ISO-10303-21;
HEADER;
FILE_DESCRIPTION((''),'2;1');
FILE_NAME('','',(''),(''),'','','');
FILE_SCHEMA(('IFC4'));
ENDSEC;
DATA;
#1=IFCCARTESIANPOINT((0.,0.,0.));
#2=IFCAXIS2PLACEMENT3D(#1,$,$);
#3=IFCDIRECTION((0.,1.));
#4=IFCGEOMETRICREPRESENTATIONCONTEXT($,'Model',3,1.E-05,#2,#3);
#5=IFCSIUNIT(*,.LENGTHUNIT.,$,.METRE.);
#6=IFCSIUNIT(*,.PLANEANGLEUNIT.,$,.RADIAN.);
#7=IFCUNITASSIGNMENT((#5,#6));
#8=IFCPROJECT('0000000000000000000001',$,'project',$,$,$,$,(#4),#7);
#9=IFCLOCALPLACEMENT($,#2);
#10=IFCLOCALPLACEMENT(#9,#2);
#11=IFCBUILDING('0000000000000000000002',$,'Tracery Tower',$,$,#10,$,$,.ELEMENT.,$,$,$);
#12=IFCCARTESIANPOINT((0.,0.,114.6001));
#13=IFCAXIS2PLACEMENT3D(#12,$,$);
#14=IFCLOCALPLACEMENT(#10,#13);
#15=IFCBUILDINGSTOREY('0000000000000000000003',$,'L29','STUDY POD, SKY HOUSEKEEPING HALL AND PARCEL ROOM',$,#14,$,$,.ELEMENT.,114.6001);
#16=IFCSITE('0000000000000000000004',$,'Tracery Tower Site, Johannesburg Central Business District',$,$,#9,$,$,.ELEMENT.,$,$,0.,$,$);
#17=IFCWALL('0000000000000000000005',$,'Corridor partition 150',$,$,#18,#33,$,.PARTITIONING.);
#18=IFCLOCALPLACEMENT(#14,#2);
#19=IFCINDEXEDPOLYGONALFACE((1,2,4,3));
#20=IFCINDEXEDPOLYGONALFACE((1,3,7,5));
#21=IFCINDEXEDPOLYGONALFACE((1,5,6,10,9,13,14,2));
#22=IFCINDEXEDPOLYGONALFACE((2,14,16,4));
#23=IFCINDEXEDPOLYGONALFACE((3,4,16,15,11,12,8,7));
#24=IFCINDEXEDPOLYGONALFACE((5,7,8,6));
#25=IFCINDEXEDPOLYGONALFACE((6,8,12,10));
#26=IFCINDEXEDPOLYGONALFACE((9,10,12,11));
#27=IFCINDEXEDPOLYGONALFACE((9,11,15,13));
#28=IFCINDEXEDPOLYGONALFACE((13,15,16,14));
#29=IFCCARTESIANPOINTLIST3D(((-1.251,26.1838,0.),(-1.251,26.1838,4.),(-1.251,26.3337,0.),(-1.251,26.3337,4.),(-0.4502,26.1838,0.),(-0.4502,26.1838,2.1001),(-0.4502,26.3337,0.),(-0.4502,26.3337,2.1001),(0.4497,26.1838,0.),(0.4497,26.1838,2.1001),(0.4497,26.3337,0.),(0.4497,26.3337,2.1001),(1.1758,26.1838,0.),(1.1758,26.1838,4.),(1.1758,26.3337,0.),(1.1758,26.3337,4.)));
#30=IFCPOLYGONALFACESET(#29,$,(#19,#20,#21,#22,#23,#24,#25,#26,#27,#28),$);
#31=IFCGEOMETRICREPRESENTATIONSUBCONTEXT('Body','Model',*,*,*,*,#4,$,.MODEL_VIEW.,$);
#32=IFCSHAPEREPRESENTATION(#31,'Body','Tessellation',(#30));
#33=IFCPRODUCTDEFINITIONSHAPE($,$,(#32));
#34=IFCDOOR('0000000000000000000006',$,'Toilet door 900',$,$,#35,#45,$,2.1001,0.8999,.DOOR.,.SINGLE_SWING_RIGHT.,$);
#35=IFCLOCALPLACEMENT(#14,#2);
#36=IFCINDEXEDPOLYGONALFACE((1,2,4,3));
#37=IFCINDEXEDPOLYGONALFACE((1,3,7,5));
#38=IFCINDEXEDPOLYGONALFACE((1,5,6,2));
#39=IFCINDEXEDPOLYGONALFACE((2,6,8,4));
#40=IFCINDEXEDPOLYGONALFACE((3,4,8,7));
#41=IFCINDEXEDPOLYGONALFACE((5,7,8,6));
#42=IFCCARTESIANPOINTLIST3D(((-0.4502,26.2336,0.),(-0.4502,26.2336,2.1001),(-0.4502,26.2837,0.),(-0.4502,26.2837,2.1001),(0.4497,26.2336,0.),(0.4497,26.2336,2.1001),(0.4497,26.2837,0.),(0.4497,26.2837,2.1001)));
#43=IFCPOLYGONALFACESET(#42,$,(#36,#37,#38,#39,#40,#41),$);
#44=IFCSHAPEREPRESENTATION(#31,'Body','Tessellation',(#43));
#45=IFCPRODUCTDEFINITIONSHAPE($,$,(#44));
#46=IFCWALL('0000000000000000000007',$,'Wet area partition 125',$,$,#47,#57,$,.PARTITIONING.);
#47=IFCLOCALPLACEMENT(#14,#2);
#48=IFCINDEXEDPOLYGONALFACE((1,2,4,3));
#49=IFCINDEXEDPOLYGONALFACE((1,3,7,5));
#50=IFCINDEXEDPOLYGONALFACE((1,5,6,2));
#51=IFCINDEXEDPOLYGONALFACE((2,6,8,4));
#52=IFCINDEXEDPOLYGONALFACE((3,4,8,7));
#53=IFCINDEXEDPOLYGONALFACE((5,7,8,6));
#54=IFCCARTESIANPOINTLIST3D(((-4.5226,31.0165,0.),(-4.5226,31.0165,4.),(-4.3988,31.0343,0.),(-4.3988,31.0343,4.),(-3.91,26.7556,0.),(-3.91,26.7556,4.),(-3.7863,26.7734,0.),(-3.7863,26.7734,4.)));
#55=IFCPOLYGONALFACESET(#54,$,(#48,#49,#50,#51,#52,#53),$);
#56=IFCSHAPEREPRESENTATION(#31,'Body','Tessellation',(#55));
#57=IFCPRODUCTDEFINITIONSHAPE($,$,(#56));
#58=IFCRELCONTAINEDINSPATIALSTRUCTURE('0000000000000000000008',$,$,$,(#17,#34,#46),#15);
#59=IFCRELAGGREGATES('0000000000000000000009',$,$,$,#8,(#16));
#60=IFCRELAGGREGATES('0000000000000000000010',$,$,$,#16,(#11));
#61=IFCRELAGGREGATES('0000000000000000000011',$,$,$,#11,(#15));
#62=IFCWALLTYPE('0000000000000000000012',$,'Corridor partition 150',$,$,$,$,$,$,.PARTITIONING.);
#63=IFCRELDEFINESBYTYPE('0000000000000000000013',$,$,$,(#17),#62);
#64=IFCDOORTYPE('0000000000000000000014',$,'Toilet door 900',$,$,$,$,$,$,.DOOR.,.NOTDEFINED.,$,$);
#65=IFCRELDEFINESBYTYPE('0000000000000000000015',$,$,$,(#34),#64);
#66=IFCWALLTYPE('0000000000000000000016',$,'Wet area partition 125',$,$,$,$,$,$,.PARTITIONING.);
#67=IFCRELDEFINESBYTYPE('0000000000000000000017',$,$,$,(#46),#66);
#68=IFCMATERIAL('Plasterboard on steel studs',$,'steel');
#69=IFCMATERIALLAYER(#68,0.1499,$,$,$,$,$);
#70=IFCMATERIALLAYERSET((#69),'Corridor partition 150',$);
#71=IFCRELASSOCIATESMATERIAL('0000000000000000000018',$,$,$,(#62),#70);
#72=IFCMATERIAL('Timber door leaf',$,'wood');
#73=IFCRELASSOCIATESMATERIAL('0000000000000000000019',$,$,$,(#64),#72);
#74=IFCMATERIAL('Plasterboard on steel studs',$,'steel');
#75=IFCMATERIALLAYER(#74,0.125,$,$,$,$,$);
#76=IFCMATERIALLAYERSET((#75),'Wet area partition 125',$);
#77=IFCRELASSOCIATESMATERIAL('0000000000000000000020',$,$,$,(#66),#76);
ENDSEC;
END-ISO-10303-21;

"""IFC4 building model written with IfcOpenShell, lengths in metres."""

from ifc_helpers import new_model, si_unit, direction, frame, frame_2d, origin, place, context, subcontext, project, spatial, rectangle, extrude, material, layer, layer_set, type_object, element, fill, save


model = new_model("IFC4")

# Units and contexts
model_context = context("Model", 3, precision=1e-05, world=origin(), true_north=direction((0.0, 1.0)))
body_context = subcontext(model_context, "Body", "Model", "MODEL_VIEW")
ifc_project = project(units=[si_unit("LENGTHUNIT", "METRE"), si_unit("PLANEANGLEUNIT", "RADIAN")], contexts=[model_context])

# Site, building, storey
site_placement = place(None, origin())
site = spatial("IfcSite", under=ifc_project, at=site_placement, Name="Tracery Tower Site, Johannesburg Central Business District", CompositionType="ELEMENT", RefElevation=0.0)
building_placement = place(site_placement, origin())
building = spatial("IfcBuilding", under=site, at=building_placement, Name="Tracery Tower", CompositionType="ELEMENT")
storey_placement = place(building_placement, frame((0.0, 0.0, 114.6001)))
storey = spatial("IfcBuildingStorey", under=building, at=storey_placement, Name="L29", Description="STUDY POD, SKY HOUSEKEEPING HALL AND PARCEL ROOM", CompositionType="ELEMENT", Elevation=114.6001)

# Shared definitions
ifc_material_1 = material(Name="Plasterboard on steel studs", Category="steel")
ifc_layer_1 = layer(ifc_material_1, 0.1499)
ifc_layer_set_1 = layer_set([ifc_layer_1], Name="Corridor partition 150")
wall_type_1 = type_object("IfcWallType", Name="Corridor partition 150", PredefinedType="PARTITIONING", material=ifc_layer_set_1)

# Wall, opening, door
wall_1_placement = place(storey_placement, frame((-1.251, 26.2588, 0.0), z_axis=(0.0, 0.0, 1.0), x_axis=(1.0, 0.0, 0.0)))
wall_1 = element("IfcWall", 1, at=wall_1_placement, inside=storey, type_object=wall_type_1, Name="Corridor partition 150", PredefinedType="PARTITIONING", context=body_context, shape_type="SweptSolid", body=[
    extrude(rectangle(XDim=2.4268, YDim=0.1499, at=frame_2d((1.2134, 0.0))), origin(), (0.0, 0.0, 1.0), 4.0),
])
opening_1_placement = place(wall_1_placement, frame((0.8008, 0.0, 0.0)))
opening_1 = element("IfcOpeningElement", 2, at=opening_1_placement, cuts=wall_1, PredefinedType="OPENING", context=body_context, shape_type="SweptSolid", body=[
    extrude(rectangle(XDim=0.8999, YDim=2.1001, at=frame_2d((0.45, 1.05))), frame((0.0, 0.075, 0.0), z_axis=(0.0, -1.0, 0.0), x_axis=(1.0, 0.0, 0.0)), (0.0, 0.0, 1.0), 0.1499),
])
ifc_material_2 = material(Name="Timber door leaf", Category="wood")
door_type_1 = type_object("IfcDoorType", Name="Toilet door 900", OperationType="NOTDEFINED", PredefinedType="DOOR", material=ifc_material_2)
door_1_placement = place(opening_1_placement, origin())
door_1 = element("IfcDoor", 3, at=door_1_placement, inside=storey, type_object=door_type_1, Name="Toilet door 900", OperationType="SINGLE_SWING_RIGHT", OverallHeight=2.1001, OverallWidth=0.8999, PredefinedType="DOOR", context=body_context, shape_type="SweptSolid", body=[
    extrude(rectangle(XDim=0.8999, YDim=2.1001, at=frame_2d((0.45, 1.05))), frame((0.0, 0.0249, 0.0), z_axis=(0.0, -1.0, 0.0), x_axis=(1.0, 0.0, 0.0)), (0.0, 0.0, 1.0), 0.05),
])
fill(opening_1, door_1)

# Wall
ifc_material_3 = material(Name="Plasterboard on steel studs", Category="steel")
ifc_layer_2 = layer(ifc_material_3, 0.125)
ifc_layer_set_2 = layer_set([ifc_layer_2], Name="Wet area partition 125")
wall_type_2 = type_object("IfcWallType", Name="Wet area partition 125", PredefinedType="PARTITIONING", material=ifc_layer_set_2)
wall_2_placement = place(storey_placement, frame((-4.4607, 31.0254, 0.0), z_axis=(0.0, 0.0, 1.0), x_axis=(0.142295, -0.989824, 0.0)))
element("IfcWall", 4, at=wall_2_placement, inside=storey, type_object=wall_type_2, Name="Wet area partition 125", PredefinedType="PARTITIONING", context=body_context, shape_type="SweptSolid", body=[
    extrude(rectangle(XDim=4.3047, YDim=0.125, at=frame_2d((2.1523, 0.0))), origin(), (0.0, 0.0, 1.0), 4.0),
])

save(model, "model.ifc")
